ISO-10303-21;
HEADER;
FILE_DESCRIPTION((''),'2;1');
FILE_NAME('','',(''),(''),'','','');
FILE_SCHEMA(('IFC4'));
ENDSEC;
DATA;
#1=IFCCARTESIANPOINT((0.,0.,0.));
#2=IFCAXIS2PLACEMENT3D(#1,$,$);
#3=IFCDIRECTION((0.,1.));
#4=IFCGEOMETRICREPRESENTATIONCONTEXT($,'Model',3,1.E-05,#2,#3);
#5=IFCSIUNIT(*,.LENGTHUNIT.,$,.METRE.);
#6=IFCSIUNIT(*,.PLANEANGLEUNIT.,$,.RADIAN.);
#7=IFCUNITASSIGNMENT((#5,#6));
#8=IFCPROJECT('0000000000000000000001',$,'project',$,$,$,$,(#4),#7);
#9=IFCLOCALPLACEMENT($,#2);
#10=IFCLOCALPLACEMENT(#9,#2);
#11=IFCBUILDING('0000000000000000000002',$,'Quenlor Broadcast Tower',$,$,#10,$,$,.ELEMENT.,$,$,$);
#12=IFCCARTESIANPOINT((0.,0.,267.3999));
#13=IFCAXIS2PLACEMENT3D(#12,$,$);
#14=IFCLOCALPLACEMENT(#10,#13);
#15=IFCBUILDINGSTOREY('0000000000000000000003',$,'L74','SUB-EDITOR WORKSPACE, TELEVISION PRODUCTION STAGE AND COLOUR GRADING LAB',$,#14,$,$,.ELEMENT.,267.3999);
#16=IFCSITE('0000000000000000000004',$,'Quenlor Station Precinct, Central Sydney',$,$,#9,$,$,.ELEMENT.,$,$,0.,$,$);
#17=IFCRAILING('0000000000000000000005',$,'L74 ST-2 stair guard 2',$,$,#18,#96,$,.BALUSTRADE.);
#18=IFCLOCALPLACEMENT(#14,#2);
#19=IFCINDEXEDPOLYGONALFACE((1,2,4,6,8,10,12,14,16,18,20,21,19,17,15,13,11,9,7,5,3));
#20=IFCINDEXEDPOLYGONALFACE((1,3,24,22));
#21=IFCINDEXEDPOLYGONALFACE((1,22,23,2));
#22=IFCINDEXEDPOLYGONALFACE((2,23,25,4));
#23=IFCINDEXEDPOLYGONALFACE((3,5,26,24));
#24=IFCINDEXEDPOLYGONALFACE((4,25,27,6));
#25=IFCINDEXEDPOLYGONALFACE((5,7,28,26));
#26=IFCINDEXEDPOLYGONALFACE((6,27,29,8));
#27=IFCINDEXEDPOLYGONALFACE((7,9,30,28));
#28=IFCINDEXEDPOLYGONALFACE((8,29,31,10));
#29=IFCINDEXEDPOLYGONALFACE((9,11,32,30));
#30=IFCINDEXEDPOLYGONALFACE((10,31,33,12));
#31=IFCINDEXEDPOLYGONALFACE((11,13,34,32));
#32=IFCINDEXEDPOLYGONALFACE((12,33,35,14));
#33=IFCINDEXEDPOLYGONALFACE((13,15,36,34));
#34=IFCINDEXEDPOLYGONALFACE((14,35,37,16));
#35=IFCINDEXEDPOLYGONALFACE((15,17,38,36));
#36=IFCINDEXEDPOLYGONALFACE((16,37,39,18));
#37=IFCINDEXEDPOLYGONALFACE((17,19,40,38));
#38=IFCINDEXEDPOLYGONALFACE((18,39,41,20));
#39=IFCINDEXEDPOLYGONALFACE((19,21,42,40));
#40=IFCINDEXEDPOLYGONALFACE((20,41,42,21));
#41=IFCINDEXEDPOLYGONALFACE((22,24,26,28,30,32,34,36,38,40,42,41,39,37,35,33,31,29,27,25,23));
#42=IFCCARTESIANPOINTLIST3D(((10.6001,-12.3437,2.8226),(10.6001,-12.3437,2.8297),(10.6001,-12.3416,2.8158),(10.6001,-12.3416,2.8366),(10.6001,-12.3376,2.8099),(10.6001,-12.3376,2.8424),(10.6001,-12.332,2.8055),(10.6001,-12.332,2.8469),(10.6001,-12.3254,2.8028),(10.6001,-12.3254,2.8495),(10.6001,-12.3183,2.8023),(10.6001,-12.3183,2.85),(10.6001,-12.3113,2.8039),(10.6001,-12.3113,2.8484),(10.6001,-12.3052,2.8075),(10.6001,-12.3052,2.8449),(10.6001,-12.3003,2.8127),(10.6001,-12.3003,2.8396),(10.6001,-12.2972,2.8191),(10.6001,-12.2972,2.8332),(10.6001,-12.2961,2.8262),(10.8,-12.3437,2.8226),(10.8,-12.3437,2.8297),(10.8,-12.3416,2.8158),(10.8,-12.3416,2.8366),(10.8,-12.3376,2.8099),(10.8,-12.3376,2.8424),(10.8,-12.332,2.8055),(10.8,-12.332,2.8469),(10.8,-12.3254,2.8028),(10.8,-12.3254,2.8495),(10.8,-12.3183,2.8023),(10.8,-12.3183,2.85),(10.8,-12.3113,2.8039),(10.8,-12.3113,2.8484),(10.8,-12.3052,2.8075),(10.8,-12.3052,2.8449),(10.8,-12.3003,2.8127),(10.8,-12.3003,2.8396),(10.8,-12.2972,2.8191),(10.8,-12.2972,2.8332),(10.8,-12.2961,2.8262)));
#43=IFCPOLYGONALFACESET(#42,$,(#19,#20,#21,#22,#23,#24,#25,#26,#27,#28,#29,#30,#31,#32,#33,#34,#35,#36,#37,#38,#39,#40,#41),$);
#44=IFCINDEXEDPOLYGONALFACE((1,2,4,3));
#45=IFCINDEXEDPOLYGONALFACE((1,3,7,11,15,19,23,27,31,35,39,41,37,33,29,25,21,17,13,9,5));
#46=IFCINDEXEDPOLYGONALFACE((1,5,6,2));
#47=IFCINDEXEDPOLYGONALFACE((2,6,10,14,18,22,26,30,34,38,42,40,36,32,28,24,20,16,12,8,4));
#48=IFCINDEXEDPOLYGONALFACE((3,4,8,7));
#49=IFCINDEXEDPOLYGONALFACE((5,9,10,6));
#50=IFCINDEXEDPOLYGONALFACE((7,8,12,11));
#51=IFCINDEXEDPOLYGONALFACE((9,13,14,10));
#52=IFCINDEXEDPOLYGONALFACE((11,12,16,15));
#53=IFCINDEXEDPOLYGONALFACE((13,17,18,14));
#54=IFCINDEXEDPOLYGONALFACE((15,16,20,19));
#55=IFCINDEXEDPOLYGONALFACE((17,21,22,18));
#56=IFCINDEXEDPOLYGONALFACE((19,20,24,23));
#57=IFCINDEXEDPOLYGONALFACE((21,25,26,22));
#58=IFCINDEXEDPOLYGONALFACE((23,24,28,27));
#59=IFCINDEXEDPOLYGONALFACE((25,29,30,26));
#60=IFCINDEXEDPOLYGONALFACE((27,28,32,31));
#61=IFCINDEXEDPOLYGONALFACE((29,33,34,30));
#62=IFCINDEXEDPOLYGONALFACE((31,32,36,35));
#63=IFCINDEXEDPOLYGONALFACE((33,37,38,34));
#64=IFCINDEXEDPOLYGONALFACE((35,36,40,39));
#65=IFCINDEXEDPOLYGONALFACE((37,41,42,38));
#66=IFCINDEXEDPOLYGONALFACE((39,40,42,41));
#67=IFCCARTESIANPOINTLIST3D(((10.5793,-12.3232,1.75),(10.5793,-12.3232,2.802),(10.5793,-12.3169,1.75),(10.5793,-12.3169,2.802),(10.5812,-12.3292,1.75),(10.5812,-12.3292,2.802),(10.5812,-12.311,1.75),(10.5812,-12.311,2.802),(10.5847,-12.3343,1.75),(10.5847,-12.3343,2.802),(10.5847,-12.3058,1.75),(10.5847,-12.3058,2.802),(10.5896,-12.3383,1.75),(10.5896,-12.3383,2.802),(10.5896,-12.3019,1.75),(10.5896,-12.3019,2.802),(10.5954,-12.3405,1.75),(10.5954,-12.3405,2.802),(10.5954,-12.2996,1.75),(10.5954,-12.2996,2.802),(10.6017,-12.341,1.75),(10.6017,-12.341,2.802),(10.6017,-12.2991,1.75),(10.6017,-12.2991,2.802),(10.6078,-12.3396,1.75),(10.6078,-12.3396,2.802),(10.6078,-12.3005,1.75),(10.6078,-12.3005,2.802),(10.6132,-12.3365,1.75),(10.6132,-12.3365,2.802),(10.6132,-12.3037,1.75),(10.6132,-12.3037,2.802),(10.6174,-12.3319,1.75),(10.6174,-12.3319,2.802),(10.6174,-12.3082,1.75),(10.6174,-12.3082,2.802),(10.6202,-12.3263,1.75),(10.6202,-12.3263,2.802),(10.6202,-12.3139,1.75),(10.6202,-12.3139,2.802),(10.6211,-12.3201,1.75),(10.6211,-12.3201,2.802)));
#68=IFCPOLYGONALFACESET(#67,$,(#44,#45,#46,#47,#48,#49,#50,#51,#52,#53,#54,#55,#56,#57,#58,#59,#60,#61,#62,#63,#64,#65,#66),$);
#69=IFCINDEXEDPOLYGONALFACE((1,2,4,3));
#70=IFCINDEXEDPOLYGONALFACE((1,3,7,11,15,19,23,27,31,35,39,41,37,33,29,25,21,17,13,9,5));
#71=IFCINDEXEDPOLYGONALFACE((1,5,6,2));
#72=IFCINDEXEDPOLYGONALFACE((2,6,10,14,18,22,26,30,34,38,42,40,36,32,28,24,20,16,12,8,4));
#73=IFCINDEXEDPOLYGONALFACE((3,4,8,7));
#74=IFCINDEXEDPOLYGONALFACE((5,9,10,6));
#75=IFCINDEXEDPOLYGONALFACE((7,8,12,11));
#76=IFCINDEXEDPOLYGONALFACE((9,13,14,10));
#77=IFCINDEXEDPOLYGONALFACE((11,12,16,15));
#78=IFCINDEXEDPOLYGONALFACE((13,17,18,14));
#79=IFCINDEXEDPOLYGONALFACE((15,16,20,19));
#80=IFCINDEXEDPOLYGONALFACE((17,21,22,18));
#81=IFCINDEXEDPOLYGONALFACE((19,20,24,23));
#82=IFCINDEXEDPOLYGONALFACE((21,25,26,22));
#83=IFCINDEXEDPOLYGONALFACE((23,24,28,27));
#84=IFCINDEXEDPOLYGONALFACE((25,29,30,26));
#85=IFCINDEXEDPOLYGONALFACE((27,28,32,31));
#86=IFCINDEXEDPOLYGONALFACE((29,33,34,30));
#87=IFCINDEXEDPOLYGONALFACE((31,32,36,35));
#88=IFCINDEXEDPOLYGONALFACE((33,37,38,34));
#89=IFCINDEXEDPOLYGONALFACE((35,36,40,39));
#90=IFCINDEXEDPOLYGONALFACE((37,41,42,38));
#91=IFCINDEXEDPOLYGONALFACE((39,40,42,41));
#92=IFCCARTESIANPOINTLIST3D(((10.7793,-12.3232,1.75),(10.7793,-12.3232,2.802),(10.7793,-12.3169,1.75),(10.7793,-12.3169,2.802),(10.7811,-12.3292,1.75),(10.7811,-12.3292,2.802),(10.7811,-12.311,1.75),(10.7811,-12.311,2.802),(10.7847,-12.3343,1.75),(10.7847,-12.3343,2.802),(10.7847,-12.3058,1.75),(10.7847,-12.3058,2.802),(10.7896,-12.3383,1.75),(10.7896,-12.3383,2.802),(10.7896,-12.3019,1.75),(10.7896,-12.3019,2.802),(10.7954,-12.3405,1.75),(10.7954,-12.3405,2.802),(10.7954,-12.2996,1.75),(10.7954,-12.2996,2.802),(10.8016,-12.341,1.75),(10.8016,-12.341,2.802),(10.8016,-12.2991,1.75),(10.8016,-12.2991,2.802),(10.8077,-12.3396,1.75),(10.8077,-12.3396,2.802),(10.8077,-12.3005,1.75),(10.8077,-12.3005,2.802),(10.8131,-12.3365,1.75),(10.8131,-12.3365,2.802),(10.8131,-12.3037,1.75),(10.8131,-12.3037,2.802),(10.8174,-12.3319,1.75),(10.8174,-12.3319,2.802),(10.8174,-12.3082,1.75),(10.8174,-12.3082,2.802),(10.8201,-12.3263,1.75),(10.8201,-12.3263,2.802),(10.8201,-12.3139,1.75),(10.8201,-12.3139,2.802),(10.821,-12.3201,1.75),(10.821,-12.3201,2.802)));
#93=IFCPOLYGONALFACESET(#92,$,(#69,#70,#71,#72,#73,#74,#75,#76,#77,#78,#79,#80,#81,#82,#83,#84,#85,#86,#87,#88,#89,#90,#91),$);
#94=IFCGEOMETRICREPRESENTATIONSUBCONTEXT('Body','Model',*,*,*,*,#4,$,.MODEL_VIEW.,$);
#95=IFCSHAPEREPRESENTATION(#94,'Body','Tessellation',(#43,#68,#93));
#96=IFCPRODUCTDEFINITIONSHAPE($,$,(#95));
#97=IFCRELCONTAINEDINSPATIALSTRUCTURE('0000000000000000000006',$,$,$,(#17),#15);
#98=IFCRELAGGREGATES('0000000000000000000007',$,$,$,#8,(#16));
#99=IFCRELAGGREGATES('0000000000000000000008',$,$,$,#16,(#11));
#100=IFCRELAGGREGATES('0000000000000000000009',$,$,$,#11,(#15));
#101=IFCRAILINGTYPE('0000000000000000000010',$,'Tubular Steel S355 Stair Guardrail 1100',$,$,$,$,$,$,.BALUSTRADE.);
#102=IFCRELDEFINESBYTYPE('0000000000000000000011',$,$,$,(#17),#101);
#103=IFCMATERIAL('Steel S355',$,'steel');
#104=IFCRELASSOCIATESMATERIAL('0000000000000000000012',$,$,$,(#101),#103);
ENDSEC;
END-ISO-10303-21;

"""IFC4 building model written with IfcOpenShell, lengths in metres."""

from ifc_helpers import new_model, si_unit, direction, frame, origin, origin_2d, place, context, subcontext, project, spatial, circle, extrude, material, type_object, element, save


model = new_model("IFC4")

# Units and contexts
model_context = context("Model", 3, precision=1e-05, world=origin(), true_north=direction((0.0, 1.0)))
body_context = subcontext(model_context, "Body", "Model", "MODEL_VIEW")
ifc_project = project(units=[si_unit("LENGTHUNIT", "METRE"), si_unit("PLANEANGLEUNIT", "RADIAN")], contexts=[model_context])

# Site, building, storey
site_placement = place(None, origin())
site = spatial("IfcSite", under=ifc_project, at=site_placement, Name="Quenlor Station Precinct, Central Sydney", CompositionType="ELEMENT", RefElevation=0.0)
building_placement = place(site_placement, origin())
building = spatial("IfcBuilding", under=site, at=building_placement, Name="Quenlor Broadcast Tower", CompositionType="ELEMENT")
storey_placement = place(building_placement, frame((0.0, 0.0, 267.3999)))
storey = spatial("IfcBuildingStorey", under=building, at=storey_placement, Name="L74", Description="SUB-EDITOR WORKSPACE, TELEVISION PRODUCTION STAGE AND COLOUR GRADING LAB", CompositionType="ELEMENT", Elevation=267.3999)

# Railing
ifc_material_1 = material(Name="Steel S355", Category="steel")
railing_type_1 = type_object("IfcRailingType", Name="Tubular Steel S355 Stair Guardrail 1100", PredefinedType="BALUSTRADE", material=ifc_material_1)
railing_1_placement = place(storey_placement, frame((10.6001, -12.3201, 1.75)))
element("IfcRailing", 1, at=railing_1_placement, inside=storey, type_object=railing_type_1, Name="L74 ST-2 stair guard 2", PredefinedType="BALUSTRADE", context=body_context, shape_type="SweptSolid", body=[
    extrude(circle(Radius=0.0239, at=origin_2d()), frame((0.0, 0.0, 1.0762), z_axis=(1.0, 0.0, 0.0), x_axis=(0.0, 1.0, 0.0)), (0.0, 0.0, 1.0), 0.2),
    extrude(circle(Radius=0.021, at=origin_2d()), origin(), (0.0, 0.0, 1.0), 1.052),
    extrude(circle(Radius=0.021, at=origin_2d()), frame((0.2, 0.0, 0.0)), (0.0, 0.0, 1.0), 1.052),
])

save(model, "model.ifc")
